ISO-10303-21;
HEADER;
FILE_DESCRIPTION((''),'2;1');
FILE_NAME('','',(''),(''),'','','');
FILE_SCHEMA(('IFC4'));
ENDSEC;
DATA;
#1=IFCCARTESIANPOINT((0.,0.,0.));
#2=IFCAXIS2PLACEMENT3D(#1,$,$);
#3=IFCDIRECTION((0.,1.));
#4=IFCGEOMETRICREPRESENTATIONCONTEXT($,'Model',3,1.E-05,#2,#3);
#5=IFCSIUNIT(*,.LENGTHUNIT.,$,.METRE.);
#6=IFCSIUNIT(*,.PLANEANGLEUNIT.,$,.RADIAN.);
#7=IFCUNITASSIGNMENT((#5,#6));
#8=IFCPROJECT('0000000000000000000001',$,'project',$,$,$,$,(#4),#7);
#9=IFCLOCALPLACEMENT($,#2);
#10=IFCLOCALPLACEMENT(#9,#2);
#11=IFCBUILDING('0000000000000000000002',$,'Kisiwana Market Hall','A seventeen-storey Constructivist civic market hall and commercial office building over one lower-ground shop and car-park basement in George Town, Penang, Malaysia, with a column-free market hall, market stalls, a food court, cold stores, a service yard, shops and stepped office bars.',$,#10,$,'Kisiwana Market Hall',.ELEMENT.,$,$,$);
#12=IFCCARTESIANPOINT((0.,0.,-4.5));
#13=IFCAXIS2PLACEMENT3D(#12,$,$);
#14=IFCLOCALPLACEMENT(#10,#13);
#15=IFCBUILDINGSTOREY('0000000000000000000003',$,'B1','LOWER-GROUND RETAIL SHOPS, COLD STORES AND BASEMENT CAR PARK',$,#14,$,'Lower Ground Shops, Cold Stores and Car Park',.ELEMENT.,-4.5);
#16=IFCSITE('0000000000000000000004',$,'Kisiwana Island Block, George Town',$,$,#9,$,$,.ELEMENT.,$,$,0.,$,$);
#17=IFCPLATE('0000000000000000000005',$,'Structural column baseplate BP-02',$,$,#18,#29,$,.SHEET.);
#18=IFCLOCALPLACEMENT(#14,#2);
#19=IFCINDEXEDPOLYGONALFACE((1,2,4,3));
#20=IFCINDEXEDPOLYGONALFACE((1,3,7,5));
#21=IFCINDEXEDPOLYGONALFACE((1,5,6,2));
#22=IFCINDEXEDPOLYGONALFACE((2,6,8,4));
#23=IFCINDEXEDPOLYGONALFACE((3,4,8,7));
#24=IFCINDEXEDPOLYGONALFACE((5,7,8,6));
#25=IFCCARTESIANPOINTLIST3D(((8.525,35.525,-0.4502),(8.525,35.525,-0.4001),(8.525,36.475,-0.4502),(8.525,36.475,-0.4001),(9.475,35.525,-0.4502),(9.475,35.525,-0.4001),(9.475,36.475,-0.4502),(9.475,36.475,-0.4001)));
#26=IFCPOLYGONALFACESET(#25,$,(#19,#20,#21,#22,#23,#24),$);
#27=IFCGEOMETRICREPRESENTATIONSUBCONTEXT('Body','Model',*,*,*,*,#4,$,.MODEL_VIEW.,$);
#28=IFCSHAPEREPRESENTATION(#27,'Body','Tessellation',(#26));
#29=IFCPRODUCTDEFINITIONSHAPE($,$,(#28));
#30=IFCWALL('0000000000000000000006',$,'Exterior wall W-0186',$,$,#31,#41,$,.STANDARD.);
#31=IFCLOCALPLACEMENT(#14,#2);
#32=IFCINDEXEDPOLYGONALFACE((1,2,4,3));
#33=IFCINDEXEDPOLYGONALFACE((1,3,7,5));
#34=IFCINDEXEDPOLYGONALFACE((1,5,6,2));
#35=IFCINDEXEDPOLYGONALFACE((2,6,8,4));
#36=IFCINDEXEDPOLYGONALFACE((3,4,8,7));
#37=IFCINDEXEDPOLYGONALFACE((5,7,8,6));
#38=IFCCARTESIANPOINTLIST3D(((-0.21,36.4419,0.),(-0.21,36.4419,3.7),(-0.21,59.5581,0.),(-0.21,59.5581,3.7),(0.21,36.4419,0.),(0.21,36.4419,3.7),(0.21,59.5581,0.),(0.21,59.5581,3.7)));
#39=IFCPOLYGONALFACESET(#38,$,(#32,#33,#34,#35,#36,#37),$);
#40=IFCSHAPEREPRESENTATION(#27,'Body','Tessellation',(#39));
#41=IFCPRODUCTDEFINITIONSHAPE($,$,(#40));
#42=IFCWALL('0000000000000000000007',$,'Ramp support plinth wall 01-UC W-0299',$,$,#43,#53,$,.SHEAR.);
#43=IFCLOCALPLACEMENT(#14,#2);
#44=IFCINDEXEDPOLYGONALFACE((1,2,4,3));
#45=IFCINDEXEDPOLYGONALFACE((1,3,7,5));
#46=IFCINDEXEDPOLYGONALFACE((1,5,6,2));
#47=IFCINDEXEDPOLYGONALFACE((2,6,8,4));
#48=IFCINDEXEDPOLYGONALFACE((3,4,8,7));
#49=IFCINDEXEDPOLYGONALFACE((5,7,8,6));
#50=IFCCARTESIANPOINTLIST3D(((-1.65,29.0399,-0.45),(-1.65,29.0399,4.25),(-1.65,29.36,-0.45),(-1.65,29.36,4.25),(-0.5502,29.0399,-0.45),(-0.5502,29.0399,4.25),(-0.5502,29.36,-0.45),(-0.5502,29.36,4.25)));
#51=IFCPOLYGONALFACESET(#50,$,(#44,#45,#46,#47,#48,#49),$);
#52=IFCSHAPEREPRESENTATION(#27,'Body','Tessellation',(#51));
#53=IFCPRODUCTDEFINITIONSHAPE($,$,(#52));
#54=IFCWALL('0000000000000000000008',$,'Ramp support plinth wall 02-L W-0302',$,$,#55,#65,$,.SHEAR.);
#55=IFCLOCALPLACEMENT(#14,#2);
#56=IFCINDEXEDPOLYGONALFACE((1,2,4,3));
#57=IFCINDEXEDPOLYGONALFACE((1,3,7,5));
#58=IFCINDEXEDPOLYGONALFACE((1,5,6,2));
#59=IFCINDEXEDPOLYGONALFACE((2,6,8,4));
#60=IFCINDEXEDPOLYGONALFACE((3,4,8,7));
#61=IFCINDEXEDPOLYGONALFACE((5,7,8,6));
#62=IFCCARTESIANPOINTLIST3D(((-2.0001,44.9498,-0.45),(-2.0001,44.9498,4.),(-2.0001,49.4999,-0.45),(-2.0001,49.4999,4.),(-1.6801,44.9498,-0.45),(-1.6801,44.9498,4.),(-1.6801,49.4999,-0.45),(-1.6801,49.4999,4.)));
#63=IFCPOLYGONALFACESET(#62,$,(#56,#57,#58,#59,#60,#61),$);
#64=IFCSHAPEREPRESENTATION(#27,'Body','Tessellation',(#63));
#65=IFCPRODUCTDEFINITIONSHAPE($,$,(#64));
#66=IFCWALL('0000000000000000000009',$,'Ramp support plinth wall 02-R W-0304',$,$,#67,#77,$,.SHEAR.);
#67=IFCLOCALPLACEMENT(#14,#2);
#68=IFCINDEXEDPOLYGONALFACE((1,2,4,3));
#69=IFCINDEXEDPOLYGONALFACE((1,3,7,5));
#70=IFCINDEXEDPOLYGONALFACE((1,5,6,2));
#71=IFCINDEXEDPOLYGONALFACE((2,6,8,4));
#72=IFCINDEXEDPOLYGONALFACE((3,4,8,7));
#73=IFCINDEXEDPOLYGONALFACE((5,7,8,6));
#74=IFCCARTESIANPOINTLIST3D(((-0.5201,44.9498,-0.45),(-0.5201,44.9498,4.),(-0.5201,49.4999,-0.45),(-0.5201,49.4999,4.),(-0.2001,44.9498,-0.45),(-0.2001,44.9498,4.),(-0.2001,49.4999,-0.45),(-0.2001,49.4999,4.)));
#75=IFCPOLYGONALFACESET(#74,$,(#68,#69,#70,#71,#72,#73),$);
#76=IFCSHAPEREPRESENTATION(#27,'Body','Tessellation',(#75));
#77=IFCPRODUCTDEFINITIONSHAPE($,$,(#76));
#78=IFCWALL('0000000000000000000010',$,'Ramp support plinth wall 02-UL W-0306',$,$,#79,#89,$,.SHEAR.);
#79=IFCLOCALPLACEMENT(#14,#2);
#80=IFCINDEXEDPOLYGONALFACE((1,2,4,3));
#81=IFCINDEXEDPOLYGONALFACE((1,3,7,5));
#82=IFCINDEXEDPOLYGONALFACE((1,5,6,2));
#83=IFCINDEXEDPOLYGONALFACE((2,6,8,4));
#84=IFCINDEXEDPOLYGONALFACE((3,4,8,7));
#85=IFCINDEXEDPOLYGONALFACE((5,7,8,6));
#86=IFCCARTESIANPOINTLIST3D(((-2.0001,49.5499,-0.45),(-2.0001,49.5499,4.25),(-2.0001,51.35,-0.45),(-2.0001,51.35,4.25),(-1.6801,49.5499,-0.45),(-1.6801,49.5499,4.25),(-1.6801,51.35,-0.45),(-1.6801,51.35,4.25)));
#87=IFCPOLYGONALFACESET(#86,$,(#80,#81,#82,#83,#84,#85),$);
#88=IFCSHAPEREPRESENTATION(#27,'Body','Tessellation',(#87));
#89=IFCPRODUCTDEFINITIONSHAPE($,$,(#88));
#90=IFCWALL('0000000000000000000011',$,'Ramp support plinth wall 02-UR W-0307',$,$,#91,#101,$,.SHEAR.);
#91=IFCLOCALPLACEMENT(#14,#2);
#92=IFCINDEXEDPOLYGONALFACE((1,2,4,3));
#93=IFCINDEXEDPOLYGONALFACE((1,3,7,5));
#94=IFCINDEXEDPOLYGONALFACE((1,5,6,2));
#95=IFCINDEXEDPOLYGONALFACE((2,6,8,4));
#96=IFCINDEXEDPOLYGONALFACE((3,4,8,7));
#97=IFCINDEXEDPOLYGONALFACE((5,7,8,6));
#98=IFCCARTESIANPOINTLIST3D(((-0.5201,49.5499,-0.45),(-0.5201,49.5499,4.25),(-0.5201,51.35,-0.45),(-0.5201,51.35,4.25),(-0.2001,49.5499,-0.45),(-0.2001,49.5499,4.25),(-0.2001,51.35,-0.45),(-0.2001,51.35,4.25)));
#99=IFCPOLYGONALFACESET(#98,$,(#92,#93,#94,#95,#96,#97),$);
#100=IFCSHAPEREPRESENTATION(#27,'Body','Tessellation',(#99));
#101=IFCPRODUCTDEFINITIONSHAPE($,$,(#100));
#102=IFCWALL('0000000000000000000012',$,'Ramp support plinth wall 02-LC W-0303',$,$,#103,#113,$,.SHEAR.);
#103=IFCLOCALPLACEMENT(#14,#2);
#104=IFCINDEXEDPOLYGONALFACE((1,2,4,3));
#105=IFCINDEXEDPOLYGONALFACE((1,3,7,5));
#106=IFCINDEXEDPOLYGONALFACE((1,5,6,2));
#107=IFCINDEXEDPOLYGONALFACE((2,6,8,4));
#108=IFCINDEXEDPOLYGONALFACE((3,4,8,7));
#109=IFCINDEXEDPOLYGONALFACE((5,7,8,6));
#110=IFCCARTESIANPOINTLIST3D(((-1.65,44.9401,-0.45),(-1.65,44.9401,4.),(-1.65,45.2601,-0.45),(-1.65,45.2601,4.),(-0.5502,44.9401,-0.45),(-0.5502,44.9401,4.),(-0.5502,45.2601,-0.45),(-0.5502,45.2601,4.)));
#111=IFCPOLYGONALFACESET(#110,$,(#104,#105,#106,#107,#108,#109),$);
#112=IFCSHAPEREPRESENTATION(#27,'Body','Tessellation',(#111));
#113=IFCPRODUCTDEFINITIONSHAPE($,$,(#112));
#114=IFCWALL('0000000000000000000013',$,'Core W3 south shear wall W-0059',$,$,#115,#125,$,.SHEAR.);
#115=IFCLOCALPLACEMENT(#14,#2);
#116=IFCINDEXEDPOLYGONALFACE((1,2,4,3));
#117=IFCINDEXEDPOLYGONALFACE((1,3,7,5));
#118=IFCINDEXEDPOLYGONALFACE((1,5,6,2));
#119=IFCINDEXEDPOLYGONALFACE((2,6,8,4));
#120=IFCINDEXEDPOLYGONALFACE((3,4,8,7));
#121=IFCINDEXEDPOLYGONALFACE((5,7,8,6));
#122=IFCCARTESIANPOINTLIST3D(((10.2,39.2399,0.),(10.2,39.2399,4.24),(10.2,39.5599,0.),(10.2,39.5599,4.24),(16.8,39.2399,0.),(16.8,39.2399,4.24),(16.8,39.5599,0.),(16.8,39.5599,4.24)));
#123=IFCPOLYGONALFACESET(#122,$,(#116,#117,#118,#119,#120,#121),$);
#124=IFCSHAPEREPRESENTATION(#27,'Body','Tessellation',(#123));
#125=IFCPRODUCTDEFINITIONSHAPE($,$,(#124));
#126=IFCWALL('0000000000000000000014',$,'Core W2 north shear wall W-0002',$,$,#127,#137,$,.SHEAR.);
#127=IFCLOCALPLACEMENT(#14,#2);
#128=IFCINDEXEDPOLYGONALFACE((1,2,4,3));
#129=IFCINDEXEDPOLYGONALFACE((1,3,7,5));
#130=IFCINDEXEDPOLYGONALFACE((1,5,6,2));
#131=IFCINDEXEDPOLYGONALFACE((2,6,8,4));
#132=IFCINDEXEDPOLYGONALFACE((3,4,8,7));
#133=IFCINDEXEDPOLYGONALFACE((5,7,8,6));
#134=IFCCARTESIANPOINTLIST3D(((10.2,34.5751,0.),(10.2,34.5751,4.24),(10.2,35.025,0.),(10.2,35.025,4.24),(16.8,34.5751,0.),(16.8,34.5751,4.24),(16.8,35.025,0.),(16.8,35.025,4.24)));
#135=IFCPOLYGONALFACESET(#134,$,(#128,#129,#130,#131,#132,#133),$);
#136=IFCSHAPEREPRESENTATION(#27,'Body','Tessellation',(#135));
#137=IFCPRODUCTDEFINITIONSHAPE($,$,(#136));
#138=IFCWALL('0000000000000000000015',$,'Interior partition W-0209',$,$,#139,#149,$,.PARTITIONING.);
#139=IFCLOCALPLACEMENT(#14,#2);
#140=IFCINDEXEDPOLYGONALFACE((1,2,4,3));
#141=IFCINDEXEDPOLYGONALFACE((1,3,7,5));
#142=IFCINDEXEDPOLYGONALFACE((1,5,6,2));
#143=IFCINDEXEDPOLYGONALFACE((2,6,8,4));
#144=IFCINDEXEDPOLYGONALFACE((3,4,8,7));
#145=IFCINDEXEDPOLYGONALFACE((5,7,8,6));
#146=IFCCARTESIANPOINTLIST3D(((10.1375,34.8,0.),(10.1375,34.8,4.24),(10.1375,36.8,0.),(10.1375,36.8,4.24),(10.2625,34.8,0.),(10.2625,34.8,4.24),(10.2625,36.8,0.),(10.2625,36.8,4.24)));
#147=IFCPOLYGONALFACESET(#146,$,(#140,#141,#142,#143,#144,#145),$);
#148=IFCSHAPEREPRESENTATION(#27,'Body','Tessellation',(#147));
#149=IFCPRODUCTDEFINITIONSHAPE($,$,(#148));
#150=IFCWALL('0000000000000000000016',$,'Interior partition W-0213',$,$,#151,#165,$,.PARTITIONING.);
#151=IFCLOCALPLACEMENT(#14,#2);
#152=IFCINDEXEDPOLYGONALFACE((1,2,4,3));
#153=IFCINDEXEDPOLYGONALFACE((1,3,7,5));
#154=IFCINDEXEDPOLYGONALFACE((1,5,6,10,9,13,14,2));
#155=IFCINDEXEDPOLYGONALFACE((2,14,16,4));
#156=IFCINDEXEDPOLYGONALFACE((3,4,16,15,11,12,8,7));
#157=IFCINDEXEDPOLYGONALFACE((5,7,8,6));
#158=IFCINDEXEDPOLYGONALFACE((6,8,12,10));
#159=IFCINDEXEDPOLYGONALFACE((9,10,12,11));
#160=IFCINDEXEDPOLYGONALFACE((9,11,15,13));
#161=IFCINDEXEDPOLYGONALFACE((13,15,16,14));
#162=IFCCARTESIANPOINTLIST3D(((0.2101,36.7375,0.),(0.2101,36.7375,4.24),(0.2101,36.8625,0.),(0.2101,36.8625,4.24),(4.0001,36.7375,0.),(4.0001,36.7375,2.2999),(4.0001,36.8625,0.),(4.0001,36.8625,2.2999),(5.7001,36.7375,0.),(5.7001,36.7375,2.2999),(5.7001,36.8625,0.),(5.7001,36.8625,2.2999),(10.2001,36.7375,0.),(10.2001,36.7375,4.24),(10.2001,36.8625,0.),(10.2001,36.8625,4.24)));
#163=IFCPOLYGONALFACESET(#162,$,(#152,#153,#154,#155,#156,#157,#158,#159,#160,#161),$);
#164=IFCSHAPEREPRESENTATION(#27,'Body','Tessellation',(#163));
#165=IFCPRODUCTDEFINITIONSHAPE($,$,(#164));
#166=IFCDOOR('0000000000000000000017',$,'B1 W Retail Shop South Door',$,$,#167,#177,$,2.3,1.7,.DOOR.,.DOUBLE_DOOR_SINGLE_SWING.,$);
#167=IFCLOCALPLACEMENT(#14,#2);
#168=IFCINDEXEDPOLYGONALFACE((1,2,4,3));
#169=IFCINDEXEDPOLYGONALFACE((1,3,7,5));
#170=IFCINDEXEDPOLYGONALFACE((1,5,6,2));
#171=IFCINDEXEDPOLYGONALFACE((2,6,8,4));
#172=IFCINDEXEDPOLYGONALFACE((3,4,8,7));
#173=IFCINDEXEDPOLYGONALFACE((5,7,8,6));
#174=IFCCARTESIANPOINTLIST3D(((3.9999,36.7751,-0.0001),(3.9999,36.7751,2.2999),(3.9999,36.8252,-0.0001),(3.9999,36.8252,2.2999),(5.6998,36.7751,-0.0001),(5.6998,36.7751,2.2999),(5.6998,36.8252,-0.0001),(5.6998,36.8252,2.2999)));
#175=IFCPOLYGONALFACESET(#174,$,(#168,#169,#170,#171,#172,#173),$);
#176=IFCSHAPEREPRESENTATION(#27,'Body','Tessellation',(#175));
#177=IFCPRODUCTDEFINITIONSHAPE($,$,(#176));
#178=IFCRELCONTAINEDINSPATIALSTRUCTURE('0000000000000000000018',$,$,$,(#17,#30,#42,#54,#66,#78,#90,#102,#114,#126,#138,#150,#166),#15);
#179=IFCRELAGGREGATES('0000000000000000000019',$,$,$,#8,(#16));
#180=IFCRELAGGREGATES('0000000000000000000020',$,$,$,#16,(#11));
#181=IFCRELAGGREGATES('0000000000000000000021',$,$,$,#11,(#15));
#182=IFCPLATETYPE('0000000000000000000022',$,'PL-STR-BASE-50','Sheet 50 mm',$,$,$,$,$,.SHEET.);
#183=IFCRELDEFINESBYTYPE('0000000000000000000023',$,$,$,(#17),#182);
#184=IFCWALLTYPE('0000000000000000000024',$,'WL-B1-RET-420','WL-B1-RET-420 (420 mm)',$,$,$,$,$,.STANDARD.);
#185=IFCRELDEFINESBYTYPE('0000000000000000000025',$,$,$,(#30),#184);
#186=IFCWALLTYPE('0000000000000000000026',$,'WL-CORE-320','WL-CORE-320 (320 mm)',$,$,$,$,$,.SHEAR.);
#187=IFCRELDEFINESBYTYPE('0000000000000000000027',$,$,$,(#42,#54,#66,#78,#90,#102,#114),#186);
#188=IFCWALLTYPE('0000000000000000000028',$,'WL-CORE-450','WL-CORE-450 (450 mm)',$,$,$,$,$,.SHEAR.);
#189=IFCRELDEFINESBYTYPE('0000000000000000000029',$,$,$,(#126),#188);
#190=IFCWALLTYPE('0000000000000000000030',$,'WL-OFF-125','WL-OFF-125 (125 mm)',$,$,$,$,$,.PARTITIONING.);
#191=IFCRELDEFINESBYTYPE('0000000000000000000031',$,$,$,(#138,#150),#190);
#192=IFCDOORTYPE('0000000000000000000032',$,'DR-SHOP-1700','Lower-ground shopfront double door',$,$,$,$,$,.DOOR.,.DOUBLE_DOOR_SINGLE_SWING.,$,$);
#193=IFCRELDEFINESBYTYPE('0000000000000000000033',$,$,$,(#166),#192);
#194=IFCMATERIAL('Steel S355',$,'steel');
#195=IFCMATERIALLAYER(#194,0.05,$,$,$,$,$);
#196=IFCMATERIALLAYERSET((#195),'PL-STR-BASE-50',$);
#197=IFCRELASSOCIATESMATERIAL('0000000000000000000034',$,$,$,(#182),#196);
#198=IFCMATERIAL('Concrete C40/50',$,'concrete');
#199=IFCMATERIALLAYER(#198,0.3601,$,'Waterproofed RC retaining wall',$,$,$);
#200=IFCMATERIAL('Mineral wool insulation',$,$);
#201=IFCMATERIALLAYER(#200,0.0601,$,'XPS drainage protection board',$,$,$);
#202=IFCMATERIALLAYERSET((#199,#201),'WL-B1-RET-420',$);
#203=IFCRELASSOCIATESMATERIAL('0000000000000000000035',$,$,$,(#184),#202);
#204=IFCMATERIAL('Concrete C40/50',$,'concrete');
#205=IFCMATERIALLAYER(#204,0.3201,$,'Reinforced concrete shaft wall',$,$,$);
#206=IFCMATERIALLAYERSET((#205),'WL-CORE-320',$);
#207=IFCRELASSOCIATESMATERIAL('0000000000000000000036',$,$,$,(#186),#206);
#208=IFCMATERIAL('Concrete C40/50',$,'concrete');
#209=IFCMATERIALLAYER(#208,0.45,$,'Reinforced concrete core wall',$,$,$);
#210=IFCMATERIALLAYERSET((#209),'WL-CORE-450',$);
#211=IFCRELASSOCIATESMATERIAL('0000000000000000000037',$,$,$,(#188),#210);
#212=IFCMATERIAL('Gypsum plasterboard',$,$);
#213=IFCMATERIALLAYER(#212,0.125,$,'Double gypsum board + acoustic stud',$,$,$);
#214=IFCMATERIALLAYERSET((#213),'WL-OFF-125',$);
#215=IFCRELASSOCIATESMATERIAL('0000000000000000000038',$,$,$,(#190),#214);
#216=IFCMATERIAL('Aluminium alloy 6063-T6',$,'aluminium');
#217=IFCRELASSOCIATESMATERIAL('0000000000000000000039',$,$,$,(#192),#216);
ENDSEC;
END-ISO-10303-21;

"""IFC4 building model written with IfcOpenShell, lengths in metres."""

from ifc_helpers import new_model, si_unit, direction, frame, frame_2d, origin, origin_2d, place, context, subcontext, project, spatial, rectangle, extrude, material, layer, layer_set, type_object, element, fill, save


model = new_model("IFC4")

# Units and contexts
model_context = context("Model", 3, precision=1e-05, world=origin(), true_north=direction((0.0, 1.0)))
body_context = subcontext(model_context, "Body", "Model", "MODEL_VIEW")
ifc_project = project(units=[si_unit("LENGTHUNIT", "METRE"), si_unit("PLANEANGLEUNIT", "RADIAN")], contexts=[model_context])

# Site, building, storey
site_placement = place(None, origin())
site = spatial("IfcSite", under=ifc_project, at=site_placement, Name="Kisiwana Island Block, George Town", CompositionType="ELEMENT", RefElevation=0.0)
building_placement = place(site_placement, origin())
building = spatial("IfcBuilding", under=site, at=building_placement, Name="Kisiwana Market Hall", Description="A seventeen-storey Constructivist civic market hall and commercial office building over one lower-ground shop and car-park basement in George Town, Penang, Malaysia, with a column-free market hall, market stalls, a food court, cold stores, a service yard, shops and stepped office bars.", LongName="Kisiwana Market Hall", CompositionType="ELEMENT")
storey_placement = place(building_placement, frame((0.0, 0.0, -4.5)))
storey = spatial("IfcBuildingStorey", under=building, at=storey_placement, Name="B1", Description="LOWER-GROUND RETAIL SHOPS, COLD STORES AND BASEMENT CAR PARK", LongName="Lower Ground Shops, Cold Stores and Car Park", CompositionType="ELEMENT", Elevation=-4.5)

# Plate
ifc_material_1 = material(Name="Steel S355", Category="steel")
ifc_layer_1 = layer(ifc_material_1, 0.05)
ifc_layer_set_1 = layer_set([ifc_layer_1], Name="PL-STR-BASE-50")
plate_type = type_object("IfcPlateType", Name="PL-STR-BASE-50", Description="Sheet 50 mm", PredefinedType="SHEET", material=ifc_layer_set_1)
plate_placement = place(storey_placement, frame((9.0, 36.0, -0.4502), z_axis=(0.0, 0.0, 1.0), x_axis=(1.0, 0.0, 0.0)))
element("IfcPlate", 1, at=plate_placement, inside=storey, type_object=plate_type, Name="Structural column baseplate BP-02", PredefinedType="SHEET", context=body_context, shape_type="SweptSolid", body=[
    extrude(rectangle(XDim=0.95, YDim=0.95, at=origin_2d()), origin(), (0.0, 0.0, 1.0), 0.05),
])

# Walls
ifc_material_2 = material(Name="Concrete C40/50", Category="concrete")
ifc_layer_2 = layer(ifc_material_2, 0.3601, Name="Waterproofed RC retaining wall")
ifc_material_3 = material(Name="Mineral wool insulation")
ifc_layer_3 = layer(ifc_material_3, 0.0601, Name="XPS drainage protection board")
ifc_layer_set_2 = layer_set([ifc_layer_2, ifc_layer_3], Name="WL-B1-RET-420")
wall_type_1 = type_object("IfcWallType", Name="WL-B1-RET-420", Description="WL-B1-RET-420 (420 mm)", PredefinedType="STANDARD", material=ifc_layer_set_2)
wall_1_placement = place(storey_placement, frame((0.0, 36.4419, 0.0), z_axis=(0.0, 0.0, 1.0), x_axis=(0.0, 1.0, 0.0)))
element("IfcWall", 2, at=wall_1_placement, inside=storey, type_object=wall_type_1, Name="Exterior wall W-0186", PredefinedType="STANDARD", context=body_context, shape_type="SweptSolid", body=[
    extrude(rectangle(XDim=23.1162, YDim=0.4199, at=frame_2d((11.5581, 0.0))), origin(), (0.0, 0.0, 1.0), 3.7),
])
ifc_material_4 = material(Name="Concrete C40/50", Category="concrete")
ifc_layer_4 = layer(ifc_material_4, 0.3201, Name="Reinforced concrete shaft wall")
ifc_layer_set_3 = layer_set([ifc_layer_4], Name="WL-CORE-320")
wall_type_2 = type_object("IfcWallType", Name="WL-CORE-320", Description="WL-CORE-320 (320 mm)", PredefinedType="SHEAR", material=ifc_layer_set_3)
wall_2_placement = place(storey_placement, frame((-1.6499, 29.2, -0.45), z_axis=(0.0, 0.0, 1.0), x_axis=(1.0, 0.0, 0.0)))
element("IfcWall", 3, at=wall_2_placement, inside=storey, type_object=wall_type_2, Name="Ramp support plinth wall 01-UC W-0299", PredefinedType="SHEAR", context=body_context, shape_type="SweptSolid", body=[
    extrude(rectangle(XDim=1.0999, YDim=0.3201, at=frame_2d((0.5498, 0.0))), origin(), (0.0, 0.0, 1.0), 4.7),
])
for number, where, z_axis, x_axis, name in (
    (4, (-1.8401, 44.95, -0.45), (0.0, 0.0, 1.0), (0.0, 1.0, 0.0), "Ramp support plinth wall 02-L W-0302"),
    (5, (-0.3601, 44.95, -0.45), (0.0, 0.0, 1.0), (0.0, 1.0, 0.0), "Ramp support plinth wall 02-R W-0304"),
):
    element("IfcWall", number, at=place(storey_placement, frame(where, z_axis=z_axis, x_axis=x_axis)), inside=storey, type_object=wall_type_2, Name=name, PredefinedType="SHEAR", context=body_context, shape_type="SweptSolid", body=[
        extrude(rectangle(XDim=4.55, YDim=0.3201, at=frame_2d((2.2749, 0.0))), origin(), (0.0, 0.0, 1.0), 4.45),
    ])
for number, where, z_axis, x_axis, name in (
    (6, (-1.8401, 49.55, -0.45), (0.0, 0.0, 1.0), (0.0, 1.0, 0.0), "Ramp support plinth wall 02-UL W-0306"),
    (7, (-0.3601, 49.55, -0.45), (0.0, 0.0, 1.0), (0.0, 1.0, 0.0), "Ramp support plinth wall 02-UR W-0307"),
):
    element("IfcWall", number, at=place(storey_placement, frame(where, z_axis=z_axis, x_axis=x_axis)), inside=storey, type_object=wall_type_2, Name=name, PredefinedType="SHEAR", context=body_context, shape_type="SweptSolid", body=[
        extrude(rectangle(XDim=1.8, YDim=0.3201, at=frame_2d((0.8999, 0.0))), origin(), (0.0, 0.0, 1.0), 4.7),
    ])
wall_3_placement = place(storey_placement, frame((-1.6499, 45.1001, -0.45), z_axis=(0.0, 0.0, 1.0), x_axis=(1.0, 0.0, 0.0)))
element("IfcWall", 8, at=wall_3_placement, inside=storey, type_object=wall_type_2, Name="Ramp support plinth wall 02-LC W-0303", PredefinedType="SHEAR", context=body_context, shape_type="SweptSolid", body=[
    extrude(rectangle(XDim=1.0999, YDim=0.3201, at=frame_2d((0.5498, 0.0))), origin(), (0.0, 0.0, 1.0), 4.45),
])
wall_4_placement = place(storey_placement, frame((10.2, 39.3999, 0.0), z_axis=(0.0, 0.0, 1.0), x_axis=(1.0, 0.0, 0.0)))
element("IfcWall", 9, at=wall_4_placement, inside=storey, type_object=wall_type_2, Name="Core W3 south shear wall W-0059", PredefinedType="SHEAR", context=body_context, shape_type="SweptSolid", body=[
    extrude(rectangle(XDim=6.6001, YDim=0.3201, at=frame_2d((3.3, 0.0))), origin(), (0.0, 0.0, 1.0), 4.24),
])
ifc_material_5 = material(Name="Concrete C40/50", Category="concrete")
ifc_layer_5 = layer(ifc_material_5, 0.45, Name="Reinforced concrete core wall")
ifc_layer_set_4 = layer_set([ifc_layer_5], Name="WL-CORE-450")
wall_type_3 = type_object("IfcWallType", Name="WL-CORE-450", Description="WL-CORE-450 (450 mm)", PredefinedType="SHEAR", material=ifc_layer_set_4)
wall_5_placement = place(storey_placement, frame((10.2, 34.8, 0.0), z_axis=(0.0, 0.0, 1.0), x_axis=(1.0, 0.0, 0.0)))
element("IfcWall", 10, at=wall_5_placement, inside=storey, type_object=wall_type_3, Name="Core W2 north shear wall W-0002", PredefinedType="SHEAR", context=body_context, shape_type="SweptSolid", body=[
    extrude(rectangle(XDim=6.6001, YDim=0.45, at=frame_2d((3.3, 0.0))), origin(), (0.0, 0.0, 1.0), 4.24),
])
ifc_material_6 = material(Name="Gypsum plasterboard")
ifc_layer_6 = layer(ifc_material_6, 0.125, Name="Double gypsum board + acoustic stud")
ifc_layer_set_5 = layer_set([ifc_layer_6], Name="WL-OFF-125")
wall_type_4 = type_object("IfcWallType", Name="WL-OFF-125", Description="WL-OFF-125 (125 mm)", PredefinedType="PARTITIONING", material=ifc_layer_set_5)
wall_6_placement = place(storey_placement, frame((10.2, 34.8, 0.0), z_axis=(0.0, 0.0, 1.0), x_axis=(0.0, 1.0, 0.0)))
element("IfcWall", 11, at=wall_6_placement, inside=storey, type_object=wall_type_4, Name="Interior partition W-0209", PredefinedType="PARTITIONING", context=body_context, shape_type="SweptSolid", body=[
    extrude(rectangle(XDim=2.0, YDim=0.125, at=frame_2d((1.0, 0.0))), origin(), (0.0, 0.0, 1.0), 4.24),
])

# Wall, opening, door
wall_7_placement = place(storey_placement, frame((0.21, 36.8, 0.0), z_axis=(0.0, 0.0, 1.0), x_axis=(1.0, 0.0, 0.0)))
wall_7 = element("IfcWall", 12, at=wall_7_placement, inside=storey, type_object=wall_type_4, Name="Interior partition W-0213", PredefinedType="PARTITIONING", context=body_context, shape_type="SweptSolid", body=[
    extrude(rectangle(XDim=9.99, YDim=0.125, at=frame_2d((4.9951, 0.0))), origin(), (0.0, 0.0, 1.0), 4.24),
])
opening_1_placement = place(wall_7_placement, frame((3.79, 0.0, 0.0)))
opening_1 = element("IfcOpeningElement", 13, at=opening_1_placement, cuts=wall_7, PredefinedType="OPENING", context=body_context, shape_type="SweptSolid", body=[
    extrude(rectangle(XDim=1.7, YDim=2.3, at=frame_2d((0.8501, 1.1499))), frame((0.0, 0.0745, 0.0), z_axis=(0.0, -1.0, 0.0), x_axis=(1.0, 0.0, 0.0)), (0.0, 0.0, 1.0), 0.1489),
])
ifc_material_7 = material(Name="Aluminium alloy 6063-T6", Category="aluminium")
door_type = type_object("IfcDoorType", Name="DR-SHOP-1700", Description="Lower-ground shopfront double door", OperationType="DOUBLE_DOOR_SINGLE_SWING", PredefinedType="DOOR", material=ifc_material_7)
door_1_placement = place(opening_1_placement, frame((1.7, 0.0, 0.0), z_axis=(0.0, 0.0, 1.0), x_axis=(-1.0, 0.0, 0.0)))
door_1 = element("IfcDoor", 14, at=door_1_placement, inside=storey, type_object=door_type, Name="B1 W Retail Shop South Door", OperationType="DOUBLE_DOOR_SINGLE_SWING", OverallHeight=2.3, OverallWidth=1.7, PredefinedType="DOOR", context=body_context, shape_type="SweptSolid", body=[
    extrude(rectangle(XDim=1.7, YDim=2.3, at=frame_2d((0.8501, 1.1499))), frame((0.0, 0.0249, 0.0), z_axis=(0.0, -1.0, 0.0), x_axis=(1.0, 0.0, 0.0)), (0.0, 0.0, 1.0), 0.05),
])
fill(opening_1, door_1)

save(model, "model.ifc")
